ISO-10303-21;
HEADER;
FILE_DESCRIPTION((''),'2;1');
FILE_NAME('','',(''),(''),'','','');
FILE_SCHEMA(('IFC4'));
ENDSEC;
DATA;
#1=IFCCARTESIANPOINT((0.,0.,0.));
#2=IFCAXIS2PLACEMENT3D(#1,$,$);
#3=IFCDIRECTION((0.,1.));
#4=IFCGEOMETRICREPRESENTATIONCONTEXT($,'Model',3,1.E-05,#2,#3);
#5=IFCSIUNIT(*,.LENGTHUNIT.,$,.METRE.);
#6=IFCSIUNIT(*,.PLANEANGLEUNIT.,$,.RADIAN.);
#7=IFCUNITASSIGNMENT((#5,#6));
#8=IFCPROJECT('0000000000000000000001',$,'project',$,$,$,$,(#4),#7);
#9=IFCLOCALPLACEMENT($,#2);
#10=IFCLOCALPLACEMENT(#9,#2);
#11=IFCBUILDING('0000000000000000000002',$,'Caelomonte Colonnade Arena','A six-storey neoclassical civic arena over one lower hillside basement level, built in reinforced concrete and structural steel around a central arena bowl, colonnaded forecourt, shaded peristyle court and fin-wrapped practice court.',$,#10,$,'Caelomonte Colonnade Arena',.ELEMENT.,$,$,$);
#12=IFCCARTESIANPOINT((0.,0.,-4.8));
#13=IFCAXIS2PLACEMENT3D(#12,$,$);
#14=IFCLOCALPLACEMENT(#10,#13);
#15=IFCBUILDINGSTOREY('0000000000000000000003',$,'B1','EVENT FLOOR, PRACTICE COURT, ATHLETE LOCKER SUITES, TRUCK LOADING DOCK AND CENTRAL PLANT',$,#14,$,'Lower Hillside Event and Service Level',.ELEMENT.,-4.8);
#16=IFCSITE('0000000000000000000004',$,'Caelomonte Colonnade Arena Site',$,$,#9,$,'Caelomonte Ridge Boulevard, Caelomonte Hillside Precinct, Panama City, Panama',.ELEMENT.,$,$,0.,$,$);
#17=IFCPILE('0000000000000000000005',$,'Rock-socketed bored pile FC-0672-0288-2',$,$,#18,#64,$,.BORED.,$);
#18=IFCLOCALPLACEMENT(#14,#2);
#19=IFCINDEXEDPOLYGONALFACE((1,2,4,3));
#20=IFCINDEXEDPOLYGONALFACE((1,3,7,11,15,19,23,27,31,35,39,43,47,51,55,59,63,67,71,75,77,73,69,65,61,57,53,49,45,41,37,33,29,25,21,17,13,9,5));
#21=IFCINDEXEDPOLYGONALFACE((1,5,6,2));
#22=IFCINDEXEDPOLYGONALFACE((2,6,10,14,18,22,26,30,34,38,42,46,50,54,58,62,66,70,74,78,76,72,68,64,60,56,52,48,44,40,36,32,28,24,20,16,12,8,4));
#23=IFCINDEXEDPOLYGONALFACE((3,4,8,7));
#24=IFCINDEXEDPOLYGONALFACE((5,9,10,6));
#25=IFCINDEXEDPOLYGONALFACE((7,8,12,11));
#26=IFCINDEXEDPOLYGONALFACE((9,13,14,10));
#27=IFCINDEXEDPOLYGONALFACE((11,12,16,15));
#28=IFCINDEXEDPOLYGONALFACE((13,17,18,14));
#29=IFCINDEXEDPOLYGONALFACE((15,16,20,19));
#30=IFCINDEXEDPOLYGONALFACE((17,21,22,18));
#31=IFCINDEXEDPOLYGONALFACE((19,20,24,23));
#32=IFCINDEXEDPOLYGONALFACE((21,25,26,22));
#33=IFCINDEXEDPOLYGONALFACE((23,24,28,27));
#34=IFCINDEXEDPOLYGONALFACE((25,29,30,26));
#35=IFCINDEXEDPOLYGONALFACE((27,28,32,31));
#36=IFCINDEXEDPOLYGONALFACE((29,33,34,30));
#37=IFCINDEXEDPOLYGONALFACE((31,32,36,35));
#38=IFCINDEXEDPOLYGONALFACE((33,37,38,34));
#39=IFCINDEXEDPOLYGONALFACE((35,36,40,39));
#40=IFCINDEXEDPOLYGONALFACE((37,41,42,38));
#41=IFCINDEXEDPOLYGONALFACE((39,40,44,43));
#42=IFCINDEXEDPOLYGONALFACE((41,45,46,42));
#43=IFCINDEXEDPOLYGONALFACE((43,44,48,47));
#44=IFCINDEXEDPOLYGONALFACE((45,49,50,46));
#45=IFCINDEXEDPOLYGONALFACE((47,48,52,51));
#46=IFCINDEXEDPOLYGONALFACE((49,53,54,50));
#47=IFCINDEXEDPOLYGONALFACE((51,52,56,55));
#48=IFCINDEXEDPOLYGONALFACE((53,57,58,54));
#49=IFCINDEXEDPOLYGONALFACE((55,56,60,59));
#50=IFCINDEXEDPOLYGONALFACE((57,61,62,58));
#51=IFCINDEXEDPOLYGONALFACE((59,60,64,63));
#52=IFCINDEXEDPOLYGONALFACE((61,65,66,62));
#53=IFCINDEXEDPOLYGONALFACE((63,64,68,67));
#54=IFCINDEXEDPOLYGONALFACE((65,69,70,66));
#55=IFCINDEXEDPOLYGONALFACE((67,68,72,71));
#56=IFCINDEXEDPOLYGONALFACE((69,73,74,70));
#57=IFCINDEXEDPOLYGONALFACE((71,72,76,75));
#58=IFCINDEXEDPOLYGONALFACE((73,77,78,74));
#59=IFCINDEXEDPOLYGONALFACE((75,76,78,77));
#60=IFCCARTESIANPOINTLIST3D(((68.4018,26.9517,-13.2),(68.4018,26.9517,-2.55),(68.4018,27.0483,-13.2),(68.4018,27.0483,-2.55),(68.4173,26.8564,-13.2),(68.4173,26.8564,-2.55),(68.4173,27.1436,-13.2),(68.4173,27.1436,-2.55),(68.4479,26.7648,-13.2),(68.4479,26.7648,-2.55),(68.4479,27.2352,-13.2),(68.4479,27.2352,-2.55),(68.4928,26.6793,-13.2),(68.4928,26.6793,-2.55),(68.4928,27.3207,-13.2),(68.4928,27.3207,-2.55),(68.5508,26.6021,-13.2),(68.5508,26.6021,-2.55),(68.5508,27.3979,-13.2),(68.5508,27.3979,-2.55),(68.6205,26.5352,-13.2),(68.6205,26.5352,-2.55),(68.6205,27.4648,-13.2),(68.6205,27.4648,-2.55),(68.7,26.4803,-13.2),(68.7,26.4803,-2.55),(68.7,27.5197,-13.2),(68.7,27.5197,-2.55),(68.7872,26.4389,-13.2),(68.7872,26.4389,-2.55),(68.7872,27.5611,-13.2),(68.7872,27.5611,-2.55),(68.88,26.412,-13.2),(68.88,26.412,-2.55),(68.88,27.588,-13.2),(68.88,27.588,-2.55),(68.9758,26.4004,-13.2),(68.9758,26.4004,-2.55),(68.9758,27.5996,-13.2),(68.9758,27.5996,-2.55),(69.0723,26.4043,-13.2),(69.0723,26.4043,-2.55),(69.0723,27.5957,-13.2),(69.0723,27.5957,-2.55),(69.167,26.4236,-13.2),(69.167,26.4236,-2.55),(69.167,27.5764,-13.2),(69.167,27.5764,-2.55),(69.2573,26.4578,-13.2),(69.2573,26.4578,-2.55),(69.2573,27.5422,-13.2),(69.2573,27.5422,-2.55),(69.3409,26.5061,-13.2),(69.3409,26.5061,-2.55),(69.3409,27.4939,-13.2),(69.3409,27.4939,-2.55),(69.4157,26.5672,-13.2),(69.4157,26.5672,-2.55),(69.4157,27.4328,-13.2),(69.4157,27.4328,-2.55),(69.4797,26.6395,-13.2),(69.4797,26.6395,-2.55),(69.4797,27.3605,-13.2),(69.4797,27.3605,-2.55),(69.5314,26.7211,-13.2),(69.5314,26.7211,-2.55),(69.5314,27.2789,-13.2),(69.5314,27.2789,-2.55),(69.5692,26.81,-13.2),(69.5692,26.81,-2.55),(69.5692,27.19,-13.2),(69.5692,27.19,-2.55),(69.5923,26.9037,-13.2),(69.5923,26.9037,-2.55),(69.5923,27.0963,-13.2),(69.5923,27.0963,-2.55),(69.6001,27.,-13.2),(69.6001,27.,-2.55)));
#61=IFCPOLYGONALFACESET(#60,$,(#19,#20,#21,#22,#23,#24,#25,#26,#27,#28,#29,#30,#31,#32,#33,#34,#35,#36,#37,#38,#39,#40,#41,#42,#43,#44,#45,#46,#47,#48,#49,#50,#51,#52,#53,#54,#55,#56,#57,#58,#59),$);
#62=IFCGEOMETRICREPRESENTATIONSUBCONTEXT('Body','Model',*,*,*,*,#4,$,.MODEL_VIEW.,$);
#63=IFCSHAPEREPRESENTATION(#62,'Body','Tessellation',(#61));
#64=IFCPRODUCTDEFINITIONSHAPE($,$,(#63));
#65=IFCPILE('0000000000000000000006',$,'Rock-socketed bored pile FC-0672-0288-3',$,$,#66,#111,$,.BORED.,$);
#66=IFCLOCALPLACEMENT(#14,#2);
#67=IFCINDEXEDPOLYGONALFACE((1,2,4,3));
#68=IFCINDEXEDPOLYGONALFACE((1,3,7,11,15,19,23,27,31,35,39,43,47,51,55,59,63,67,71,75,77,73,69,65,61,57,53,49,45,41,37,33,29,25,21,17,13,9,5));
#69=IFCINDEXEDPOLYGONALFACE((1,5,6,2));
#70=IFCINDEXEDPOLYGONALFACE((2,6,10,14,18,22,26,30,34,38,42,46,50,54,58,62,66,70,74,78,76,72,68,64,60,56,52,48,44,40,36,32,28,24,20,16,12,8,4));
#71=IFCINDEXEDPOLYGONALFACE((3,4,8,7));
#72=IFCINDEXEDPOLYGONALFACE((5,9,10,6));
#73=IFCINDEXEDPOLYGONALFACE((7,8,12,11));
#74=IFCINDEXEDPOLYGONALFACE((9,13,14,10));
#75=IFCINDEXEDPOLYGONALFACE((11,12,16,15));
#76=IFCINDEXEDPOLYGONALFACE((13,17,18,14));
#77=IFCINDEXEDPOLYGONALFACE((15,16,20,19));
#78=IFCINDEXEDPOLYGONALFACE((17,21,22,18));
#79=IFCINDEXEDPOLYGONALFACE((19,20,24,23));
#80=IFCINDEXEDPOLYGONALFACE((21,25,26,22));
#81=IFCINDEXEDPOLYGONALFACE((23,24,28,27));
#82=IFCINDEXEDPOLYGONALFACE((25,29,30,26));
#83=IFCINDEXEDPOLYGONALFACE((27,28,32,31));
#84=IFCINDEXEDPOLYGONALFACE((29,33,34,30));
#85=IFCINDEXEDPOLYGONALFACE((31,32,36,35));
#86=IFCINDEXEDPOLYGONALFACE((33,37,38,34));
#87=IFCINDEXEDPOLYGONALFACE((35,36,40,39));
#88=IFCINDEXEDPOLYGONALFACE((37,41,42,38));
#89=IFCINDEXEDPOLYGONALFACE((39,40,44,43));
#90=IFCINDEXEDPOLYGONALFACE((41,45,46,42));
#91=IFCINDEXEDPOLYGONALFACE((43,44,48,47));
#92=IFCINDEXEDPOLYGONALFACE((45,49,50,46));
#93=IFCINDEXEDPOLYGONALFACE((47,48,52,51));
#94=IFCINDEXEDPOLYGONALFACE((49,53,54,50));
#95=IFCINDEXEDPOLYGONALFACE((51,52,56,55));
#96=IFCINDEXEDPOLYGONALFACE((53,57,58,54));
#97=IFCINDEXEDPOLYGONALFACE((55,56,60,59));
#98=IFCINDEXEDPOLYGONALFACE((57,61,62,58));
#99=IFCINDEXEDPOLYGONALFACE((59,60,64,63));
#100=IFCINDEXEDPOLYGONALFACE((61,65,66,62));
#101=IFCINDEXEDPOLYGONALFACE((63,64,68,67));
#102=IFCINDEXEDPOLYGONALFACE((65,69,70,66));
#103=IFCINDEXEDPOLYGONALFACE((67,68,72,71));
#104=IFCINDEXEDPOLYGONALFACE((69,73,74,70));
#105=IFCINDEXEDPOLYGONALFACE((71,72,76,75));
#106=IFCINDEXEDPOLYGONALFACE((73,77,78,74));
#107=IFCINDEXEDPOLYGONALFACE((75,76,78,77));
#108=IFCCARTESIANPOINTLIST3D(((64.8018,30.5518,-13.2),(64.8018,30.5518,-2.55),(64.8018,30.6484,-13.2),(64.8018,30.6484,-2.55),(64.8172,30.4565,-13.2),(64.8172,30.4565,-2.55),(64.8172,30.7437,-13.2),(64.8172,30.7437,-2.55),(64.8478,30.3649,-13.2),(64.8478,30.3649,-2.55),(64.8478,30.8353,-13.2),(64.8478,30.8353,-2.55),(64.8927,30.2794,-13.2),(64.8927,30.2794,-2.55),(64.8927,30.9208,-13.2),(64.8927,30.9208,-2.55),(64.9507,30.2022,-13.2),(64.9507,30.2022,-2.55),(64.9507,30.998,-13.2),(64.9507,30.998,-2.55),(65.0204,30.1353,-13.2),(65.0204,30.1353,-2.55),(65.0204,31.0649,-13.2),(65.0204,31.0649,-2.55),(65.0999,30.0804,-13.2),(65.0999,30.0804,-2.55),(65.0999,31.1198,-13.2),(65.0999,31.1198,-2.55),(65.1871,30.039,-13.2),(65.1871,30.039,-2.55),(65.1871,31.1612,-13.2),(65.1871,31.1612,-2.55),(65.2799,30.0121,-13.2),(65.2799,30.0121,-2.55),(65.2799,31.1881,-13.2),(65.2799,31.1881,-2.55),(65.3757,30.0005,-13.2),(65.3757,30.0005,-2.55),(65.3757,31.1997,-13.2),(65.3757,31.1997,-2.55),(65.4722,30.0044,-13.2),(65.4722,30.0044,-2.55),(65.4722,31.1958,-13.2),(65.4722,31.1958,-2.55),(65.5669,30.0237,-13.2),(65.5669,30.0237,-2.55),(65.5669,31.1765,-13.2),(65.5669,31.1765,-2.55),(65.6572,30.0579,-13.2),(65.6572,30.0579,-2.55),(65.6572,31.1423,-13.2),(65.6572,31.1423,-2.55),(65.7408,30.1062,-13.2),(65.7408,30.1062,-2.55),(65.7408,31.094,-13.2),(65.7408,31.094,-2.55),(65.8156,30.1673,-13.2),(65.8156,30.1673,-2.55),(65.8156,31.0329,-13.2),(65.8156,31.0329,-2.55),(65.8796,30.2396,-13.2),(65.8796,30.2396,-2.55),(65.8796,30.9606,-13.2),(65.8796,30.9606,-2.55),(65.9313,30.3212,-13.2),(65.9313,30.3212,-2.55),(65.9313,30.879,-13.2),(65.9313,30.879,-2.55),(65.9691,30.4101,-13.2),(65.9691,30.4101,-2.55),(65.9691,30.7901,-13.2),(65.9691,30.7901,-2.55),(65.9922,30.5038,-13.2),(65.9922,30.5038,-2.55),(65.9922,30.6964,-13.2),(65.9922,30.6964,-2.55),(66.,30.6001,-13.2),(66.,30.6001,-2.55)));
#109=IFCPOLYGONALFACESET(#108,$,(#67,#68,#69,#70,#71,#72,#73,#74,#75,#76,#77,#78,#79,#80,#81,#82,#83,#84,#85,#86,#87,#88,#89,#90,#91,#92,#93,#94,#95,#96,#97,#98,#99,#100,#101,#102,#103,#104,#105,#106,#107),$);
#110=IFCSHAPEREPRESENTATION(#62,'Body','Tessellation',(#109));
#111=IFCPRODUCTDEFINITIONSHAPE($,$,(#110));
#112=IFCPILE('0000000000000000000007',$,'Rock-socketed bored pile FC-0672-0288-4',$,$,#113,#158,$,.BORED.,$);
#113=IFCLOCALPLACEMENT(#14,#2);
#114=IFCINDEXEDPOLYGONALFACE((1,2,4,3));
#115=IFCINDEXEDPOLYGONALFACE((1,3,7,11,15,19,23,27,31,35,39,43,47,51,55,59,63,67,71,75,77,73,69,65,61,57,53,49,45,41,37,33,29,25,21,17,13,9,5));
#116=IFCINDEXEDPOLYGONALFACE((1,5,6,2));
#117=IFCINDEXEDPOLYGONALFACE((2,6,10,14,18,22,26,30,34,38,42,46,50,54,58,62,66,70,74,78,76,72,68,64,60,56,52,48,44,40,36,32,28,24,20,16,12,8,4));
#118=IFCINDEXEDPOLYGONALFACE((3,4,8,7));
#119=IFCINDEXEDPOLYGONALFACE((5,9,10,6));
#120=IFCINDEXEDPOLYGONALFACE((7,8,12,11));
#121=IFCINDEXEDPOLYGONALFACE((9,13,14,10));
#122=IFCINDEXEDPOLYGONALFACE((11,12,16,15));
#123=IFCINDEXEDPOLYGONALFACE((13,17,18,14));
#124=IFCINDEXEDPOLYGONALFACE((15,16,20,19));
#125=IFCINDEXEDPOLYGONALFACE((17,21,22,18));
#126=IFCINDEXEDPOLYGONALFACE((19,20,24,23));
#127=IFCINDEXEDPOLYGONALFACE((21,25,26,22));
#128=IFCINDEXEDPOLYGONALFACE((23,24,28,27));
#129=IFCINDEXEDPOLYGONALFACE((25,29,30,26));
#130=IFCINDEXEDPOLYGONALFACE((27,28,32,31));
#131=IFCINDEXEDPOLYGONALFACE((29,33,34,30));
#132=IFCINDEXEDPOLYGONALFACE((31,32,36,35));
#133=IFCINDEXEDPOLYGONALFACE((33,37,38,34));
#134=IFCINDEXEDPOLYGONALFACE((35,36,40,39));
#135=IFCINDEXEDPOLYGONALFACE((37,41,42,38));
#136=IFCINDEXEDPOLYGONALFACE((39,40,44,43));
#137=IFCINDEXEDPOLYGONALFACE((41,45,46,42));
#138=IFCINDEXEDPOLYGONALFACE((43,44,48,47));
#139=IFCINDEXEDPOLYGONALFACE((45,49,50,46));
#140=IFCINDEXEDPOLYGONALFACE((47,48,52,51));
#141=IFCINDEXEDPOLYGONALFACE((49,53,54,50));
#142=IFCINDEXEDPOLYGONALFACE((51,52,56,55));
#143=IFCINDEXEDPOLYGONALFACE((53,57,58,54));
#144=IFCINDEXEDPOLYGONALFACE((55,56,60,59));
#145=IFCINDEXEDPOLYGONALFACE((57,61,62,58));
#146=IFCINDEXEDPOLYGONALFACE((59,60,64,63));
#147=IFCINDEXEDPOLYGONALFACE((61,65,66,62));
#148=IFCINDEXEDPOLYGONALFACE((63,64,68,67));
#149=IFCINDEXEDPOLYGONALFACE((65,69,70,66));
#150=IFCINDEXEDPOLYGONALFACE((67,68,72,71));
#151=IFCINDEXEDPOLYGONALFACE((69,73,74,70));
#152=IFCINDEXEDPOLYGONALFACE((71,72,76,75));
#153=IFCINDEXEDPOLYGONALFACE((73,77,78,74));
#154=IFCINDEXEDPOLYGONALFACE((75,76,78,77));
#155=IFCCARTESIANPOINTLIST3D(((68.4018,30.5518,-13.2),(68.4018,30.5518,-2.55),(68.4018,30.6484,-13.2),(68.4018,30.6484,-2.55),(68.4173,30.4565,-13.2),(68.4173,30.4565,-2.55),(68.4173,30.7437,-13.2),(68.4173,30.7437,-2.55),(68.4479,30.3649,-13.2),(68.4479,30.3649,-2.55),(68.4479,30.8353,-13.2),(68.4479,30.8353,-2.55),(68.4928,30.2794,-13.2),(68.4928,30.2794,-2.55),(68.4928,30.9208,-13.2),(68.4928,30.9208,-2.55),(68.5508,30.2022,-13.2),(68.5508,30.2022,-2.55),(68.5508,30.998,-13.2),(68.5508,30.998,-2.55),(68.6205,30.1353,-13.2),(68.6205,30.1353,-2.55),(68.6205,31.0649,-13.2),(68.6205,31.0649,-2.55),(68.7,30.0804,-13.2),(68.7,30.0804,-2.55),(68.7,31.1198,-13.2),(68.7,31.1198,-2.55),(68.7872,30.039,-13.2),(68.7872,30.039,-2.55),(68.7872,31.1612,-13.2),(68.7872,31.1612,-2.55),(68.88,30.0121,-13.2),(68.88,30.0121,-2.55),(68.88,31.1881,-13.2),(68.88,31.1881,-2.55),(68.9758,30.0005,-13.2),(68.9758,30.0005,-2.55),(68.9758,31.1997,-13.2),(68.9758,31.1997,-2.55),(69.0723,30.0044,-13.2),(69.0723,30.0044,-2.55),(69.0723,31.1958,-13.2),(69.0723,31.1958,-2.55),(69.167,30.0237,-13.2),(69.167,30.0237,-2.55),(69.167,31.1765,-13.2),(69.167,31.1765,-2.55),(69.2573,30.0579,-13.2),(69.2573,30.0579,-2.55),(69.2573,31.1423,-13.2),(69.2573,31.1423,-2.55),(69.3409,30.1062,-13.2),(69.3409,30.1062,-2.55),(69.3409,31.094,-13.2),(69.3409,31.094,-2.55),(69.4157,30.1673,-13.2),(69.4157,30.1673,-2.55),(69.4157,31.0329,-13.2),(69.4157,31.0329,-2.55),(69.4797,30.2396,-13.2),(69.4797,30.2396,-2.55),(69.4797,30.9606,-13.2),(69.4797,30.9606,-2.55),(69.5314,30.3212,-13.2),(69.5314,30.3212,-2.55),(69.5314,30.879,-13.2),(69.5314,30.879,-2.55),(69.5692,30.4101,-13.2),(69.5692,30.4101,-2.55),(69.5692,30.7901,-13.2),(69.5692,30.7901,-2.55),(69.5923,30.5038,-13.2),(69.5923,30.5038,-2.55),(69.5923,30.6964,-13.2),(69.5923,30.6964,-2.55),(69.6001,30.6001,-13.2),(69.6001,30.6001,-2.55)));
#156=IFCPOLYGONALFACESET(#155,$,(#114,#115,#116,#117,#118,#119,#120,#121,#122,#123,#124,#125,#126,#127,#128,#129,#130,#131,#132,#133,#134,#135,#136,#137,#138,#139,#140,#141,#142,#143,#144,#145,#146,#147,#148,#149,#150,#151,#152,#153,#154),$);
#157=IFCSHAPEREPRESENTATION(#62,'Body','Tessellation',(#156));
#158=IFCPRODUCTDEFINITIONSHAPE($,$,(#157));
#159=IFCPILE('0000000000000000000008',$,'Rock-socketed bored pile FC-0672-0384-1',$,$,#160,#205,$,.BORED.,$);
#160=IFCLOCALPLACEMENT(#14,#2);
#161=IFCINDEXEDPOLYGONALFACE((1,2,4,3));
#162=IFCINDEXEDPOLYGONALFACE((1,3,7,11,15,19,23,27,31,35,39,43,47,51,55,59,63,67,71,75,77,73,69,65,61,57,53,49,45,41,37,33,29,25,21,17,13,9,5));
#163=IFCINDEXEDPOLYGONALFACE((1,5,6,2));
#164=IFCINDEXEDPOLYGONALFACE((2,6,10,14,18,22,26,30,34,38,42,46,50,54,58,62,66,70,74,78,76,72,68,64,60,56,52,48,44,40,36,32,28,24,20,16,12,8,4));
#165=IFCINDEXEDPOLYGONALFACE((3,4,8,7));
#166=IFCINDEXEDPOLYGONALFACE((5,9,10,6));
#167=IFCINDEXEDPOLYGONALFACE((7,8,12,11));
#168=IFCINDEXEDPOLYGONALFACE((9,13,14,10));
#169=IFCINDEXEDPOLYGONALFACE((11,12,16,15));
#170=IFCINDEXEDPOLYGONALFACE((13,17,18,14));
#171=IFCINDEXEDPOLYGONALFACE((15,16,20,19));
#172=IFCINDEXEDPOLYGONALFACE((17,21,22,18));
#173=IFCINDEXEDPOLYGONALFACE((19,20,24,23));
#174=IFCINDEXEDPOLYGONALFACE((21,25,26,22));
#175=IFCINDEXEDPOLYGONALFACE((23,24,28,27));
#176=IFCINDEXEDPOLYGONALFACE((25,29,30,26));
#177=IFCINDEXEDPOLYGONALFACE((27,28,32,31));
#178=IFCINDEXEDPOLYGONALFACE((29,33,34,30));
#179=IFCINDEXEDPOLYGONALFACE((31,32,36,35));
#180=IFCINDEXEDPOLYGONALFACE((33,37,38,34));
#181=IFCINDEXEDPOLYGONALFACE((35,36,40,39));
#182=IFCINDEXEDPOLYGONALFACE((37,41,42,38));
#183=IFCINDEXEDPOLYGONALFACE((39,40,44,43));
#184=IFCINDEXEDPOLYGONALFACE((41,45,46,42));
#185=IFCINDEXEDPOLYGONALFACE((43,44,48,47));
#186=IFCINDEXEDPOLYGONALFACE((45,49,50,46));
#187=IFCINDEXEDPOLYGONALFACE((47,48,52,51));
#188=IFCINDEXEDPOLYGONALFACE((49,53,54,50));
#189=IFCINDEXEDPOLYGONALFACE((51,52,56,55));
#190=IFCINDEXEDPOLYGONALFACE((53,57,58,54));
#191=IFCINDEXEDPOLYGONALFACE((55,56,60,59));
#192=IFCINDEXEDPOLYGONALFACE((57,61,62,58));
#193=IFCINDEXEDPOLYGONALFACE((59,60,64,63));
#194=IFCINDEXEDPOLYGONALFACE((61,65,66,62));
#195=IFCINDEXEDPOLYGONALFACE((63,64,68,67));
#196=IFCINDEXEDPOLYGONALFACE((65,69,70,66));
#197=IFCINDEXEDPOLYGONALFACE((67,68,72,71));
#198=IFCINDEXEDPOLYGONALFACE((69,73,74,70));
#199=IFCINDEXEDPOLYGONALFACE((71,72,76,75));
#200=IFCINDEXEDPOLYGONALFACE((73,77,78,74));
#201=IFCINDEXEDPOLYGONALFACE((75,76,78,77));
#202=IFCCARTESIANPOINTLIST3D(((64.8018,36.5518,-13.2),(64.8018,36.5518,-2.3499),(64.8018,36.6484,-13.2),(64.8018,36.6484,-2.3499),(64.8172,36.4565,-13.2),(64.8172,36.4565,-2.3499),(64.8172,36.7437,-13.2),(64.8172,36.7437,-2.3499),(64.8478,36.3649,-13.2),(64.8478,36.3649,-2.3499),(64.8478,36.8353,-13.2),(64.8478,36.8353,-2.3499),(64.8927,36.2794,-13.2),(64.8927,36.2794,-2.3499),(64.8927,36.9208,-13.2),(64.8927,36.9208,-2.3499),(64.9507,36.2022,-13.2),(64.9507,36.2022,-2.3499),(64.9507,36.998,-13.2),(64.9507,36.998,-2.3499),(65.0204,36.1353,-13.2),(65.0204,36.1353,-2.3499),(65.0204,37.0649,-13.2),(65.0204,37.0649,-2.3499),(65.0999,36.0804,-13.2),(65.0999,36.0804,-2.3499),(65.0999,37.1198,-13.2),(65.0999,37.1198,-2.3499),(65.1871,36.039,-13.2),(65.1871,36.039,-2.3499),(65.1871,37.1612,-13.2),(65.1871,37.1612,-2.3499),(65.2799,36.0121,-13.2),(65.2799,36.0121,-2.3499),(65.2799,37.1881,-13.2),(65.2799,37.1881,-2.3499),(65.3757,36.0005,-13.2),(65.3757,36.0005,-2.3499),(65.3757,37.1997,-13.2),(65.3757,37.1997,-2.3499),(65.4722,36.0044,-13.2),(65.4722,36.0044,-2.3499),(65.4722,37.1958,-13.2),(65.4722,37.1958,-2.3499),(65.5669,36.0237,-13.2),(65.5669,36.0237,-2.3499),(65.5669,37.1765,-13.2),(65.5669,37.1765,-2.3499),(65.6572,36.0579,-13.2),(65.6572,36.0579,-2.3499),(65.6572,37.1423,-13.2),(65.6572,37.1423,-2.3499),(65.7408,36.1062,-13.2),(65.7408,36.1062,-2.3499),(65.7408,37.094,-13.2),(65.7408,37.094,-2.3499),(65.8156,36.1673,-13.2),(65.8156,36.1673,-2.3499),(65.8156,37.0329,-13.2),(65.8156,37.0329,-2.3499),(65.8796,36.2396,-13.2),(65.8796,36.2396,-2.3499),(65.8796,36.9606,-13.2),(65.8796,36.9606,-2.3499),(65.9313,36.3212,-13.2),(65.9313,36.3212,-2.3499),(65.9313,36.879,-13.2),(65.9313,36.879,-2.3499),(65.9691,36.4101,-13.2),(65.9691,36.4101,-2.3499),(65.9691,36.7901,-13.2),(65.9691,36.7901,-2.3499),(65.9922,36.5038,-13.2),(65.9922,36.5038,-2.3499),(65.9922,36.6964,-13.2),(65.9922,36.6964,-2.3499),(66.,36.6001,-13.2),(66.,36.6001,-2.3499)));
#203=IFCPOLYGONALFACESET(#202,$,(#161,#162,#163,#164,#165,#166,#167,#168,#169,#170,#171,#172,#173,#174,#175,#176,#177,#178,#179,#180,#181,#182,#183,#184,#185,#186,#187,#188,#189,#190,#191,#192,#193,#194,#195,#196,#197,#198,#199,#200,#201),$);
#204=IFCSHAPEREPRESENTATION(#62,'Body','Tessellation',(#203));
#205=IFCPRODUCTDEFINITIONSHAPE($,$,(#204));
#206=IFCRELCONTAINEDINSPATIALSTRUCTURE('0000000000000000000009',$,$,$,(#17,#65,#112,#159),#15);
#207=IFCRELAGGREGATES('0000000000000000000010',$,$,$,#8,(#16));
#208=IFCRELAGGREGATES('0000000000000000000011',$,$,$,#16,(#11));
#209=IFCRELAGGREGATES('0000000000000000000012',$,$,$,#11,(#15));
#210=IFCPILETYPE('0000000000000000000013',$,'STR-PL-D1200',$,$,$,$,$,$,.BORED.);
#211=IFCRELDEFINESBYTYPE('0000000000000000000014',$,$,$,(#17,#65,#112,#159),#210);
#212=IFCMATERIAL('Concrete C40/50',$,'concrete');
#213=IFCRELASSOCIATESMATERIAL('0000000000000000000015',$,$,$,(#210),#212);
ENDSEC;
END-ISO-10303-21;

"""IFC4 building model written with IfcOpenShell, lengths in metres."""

from ifc_helpers import new_model, si_unit, direction, frame, origin, origin_2d, place, context, subcontext, project, spatial, circle, extrude, material, material_profile, profile_set, type_object, element, save


model = new_model("IFC4")

# Units and contexts
model_context = context("Model", 3, precision=1e-05, world=origin(), true_north=direction((0.0, 1.0)))
body_context = subcontext(model_context, "Body", "Model", "MODEL_VIEW")
ifc_project = project(units=[si_unit("LENGTHUNIT", "METRE"), si_unit("PLANEANGLEUNIT", "RADIAN")], contexts=[model_context])

# Site, building, storey
site_placement = place(None, origin())
site = spatial("IfcSite", under=ifc_project, at=site_placement, Name="Caelomonte Colonnade Arena Site", LongName="Caelomonte Ridge Boulevard, Caelomonte Hillside Precinct, Panama City, Panama", CompositionType="ELEMENT", RefElevation=0.0)
building_placement = place(site_placement, origin())
building = spatial("IfcBuilding", under=site, at=building_placement, Name="Caelomonte Colonnade Arena", Description="A six-storey neoclassical civic arena over one lower hillside basement level, built in reinforced concrete and structural steel around a central arena bowl, colonnaded forecourt, shaded peristyle court and fin-wrapped practice court.", LongName="Caelomonte Colonnade Arena", CompositionType="ELEMENT")
storey_placement = place(building_placement, frame((0.0, 0.0, -4.8)))
storey = spatial("IfcBuildingStorey", under=building, at=storey_placement, Name="B1", Description="EVENT FLOOR, PRACTICE COURT, ATHLETE LOCKER SUITES, TRUCK LOADING DOCK AND CENTRAL PLANT", LongName="Lower Hillside Event and Service Level", CompositionType="ELEMENT", Elevation=-4.8)

# Shared definitions
ifc_material_1 = material(Name="Concrete C40/50", Category="concrete")

# Piles
ifc_material_profile_1 = material_profile(ifc_material_1, circle(Radius=0.6001, at=origin_2d()), Name="PILE-D1200")
ifc_profile_set_1 = profile_set([ifc_material_profile_1], Name="Concrete C40/50")
pile_type_1 = type_object("IfcPileType", Name="STR-PL-D1200", PredefinedType="BORED", material=ifc_profile_set_1)
for number, where, z_axis, x_axis, name in (
    (1, (69.0, 27.0, -2.55), (0.0, 0.0, -1.0), (1.0, 0.0, 0.0), "Rock-socketed bored pile FC-0672-0288-2"),
    (2, (65.3999, 30.6001, -2.55), (0.0, 0.0, -1.0), (1.0, 0.0, 0.0), "Rock-socketed bored pile FC-0672-0288-3"),
    (3, (69.0, 30.6001, -2.55), (0.0, 0.0, -1.0), (1.0, 0.0, 0.0), "Rock-socketed bored pile FC-0672-0288-4"),
):
    element("IfcPile", number, at=place(storey_placement, frame(where, z_axis=z_axis, x_axis=x_axis)), inside=storey, type_object=pile_type_1, Name=name, PredefinedType="BORED", context=body_context, shape_type="SweptSolid", body=[
        extrude(circle(Radius=0.6001, at=origin_2d()), origin(), (0.0, 0.0, 1.0), 10.6499),
    ])
for number, where, z_axis, x_axis, name in (
    (4, (65.3999, 36.6001, -2.3499), (0.0, 0.0, -1.0), (1.0, 0.0, 0.0), "Rock-socketed bored pile FC-0672-0384-1"),
):
    element("IfcPile", number, at=place(storey_placement, frame(where, z_axis=z_axis, x_axis=x_axis)), inside=storey, type_object=pile_type_1, Name=name, PredefinedType="BORED", context=body_context, shape_type="SweptSolid", body=[
        extrude(circle(Radius=0.6001, at=origin_2d()), origin(), (0.0, 0.0, 1.0), 10.8501),
    ])

save(model, "model.ifc")
